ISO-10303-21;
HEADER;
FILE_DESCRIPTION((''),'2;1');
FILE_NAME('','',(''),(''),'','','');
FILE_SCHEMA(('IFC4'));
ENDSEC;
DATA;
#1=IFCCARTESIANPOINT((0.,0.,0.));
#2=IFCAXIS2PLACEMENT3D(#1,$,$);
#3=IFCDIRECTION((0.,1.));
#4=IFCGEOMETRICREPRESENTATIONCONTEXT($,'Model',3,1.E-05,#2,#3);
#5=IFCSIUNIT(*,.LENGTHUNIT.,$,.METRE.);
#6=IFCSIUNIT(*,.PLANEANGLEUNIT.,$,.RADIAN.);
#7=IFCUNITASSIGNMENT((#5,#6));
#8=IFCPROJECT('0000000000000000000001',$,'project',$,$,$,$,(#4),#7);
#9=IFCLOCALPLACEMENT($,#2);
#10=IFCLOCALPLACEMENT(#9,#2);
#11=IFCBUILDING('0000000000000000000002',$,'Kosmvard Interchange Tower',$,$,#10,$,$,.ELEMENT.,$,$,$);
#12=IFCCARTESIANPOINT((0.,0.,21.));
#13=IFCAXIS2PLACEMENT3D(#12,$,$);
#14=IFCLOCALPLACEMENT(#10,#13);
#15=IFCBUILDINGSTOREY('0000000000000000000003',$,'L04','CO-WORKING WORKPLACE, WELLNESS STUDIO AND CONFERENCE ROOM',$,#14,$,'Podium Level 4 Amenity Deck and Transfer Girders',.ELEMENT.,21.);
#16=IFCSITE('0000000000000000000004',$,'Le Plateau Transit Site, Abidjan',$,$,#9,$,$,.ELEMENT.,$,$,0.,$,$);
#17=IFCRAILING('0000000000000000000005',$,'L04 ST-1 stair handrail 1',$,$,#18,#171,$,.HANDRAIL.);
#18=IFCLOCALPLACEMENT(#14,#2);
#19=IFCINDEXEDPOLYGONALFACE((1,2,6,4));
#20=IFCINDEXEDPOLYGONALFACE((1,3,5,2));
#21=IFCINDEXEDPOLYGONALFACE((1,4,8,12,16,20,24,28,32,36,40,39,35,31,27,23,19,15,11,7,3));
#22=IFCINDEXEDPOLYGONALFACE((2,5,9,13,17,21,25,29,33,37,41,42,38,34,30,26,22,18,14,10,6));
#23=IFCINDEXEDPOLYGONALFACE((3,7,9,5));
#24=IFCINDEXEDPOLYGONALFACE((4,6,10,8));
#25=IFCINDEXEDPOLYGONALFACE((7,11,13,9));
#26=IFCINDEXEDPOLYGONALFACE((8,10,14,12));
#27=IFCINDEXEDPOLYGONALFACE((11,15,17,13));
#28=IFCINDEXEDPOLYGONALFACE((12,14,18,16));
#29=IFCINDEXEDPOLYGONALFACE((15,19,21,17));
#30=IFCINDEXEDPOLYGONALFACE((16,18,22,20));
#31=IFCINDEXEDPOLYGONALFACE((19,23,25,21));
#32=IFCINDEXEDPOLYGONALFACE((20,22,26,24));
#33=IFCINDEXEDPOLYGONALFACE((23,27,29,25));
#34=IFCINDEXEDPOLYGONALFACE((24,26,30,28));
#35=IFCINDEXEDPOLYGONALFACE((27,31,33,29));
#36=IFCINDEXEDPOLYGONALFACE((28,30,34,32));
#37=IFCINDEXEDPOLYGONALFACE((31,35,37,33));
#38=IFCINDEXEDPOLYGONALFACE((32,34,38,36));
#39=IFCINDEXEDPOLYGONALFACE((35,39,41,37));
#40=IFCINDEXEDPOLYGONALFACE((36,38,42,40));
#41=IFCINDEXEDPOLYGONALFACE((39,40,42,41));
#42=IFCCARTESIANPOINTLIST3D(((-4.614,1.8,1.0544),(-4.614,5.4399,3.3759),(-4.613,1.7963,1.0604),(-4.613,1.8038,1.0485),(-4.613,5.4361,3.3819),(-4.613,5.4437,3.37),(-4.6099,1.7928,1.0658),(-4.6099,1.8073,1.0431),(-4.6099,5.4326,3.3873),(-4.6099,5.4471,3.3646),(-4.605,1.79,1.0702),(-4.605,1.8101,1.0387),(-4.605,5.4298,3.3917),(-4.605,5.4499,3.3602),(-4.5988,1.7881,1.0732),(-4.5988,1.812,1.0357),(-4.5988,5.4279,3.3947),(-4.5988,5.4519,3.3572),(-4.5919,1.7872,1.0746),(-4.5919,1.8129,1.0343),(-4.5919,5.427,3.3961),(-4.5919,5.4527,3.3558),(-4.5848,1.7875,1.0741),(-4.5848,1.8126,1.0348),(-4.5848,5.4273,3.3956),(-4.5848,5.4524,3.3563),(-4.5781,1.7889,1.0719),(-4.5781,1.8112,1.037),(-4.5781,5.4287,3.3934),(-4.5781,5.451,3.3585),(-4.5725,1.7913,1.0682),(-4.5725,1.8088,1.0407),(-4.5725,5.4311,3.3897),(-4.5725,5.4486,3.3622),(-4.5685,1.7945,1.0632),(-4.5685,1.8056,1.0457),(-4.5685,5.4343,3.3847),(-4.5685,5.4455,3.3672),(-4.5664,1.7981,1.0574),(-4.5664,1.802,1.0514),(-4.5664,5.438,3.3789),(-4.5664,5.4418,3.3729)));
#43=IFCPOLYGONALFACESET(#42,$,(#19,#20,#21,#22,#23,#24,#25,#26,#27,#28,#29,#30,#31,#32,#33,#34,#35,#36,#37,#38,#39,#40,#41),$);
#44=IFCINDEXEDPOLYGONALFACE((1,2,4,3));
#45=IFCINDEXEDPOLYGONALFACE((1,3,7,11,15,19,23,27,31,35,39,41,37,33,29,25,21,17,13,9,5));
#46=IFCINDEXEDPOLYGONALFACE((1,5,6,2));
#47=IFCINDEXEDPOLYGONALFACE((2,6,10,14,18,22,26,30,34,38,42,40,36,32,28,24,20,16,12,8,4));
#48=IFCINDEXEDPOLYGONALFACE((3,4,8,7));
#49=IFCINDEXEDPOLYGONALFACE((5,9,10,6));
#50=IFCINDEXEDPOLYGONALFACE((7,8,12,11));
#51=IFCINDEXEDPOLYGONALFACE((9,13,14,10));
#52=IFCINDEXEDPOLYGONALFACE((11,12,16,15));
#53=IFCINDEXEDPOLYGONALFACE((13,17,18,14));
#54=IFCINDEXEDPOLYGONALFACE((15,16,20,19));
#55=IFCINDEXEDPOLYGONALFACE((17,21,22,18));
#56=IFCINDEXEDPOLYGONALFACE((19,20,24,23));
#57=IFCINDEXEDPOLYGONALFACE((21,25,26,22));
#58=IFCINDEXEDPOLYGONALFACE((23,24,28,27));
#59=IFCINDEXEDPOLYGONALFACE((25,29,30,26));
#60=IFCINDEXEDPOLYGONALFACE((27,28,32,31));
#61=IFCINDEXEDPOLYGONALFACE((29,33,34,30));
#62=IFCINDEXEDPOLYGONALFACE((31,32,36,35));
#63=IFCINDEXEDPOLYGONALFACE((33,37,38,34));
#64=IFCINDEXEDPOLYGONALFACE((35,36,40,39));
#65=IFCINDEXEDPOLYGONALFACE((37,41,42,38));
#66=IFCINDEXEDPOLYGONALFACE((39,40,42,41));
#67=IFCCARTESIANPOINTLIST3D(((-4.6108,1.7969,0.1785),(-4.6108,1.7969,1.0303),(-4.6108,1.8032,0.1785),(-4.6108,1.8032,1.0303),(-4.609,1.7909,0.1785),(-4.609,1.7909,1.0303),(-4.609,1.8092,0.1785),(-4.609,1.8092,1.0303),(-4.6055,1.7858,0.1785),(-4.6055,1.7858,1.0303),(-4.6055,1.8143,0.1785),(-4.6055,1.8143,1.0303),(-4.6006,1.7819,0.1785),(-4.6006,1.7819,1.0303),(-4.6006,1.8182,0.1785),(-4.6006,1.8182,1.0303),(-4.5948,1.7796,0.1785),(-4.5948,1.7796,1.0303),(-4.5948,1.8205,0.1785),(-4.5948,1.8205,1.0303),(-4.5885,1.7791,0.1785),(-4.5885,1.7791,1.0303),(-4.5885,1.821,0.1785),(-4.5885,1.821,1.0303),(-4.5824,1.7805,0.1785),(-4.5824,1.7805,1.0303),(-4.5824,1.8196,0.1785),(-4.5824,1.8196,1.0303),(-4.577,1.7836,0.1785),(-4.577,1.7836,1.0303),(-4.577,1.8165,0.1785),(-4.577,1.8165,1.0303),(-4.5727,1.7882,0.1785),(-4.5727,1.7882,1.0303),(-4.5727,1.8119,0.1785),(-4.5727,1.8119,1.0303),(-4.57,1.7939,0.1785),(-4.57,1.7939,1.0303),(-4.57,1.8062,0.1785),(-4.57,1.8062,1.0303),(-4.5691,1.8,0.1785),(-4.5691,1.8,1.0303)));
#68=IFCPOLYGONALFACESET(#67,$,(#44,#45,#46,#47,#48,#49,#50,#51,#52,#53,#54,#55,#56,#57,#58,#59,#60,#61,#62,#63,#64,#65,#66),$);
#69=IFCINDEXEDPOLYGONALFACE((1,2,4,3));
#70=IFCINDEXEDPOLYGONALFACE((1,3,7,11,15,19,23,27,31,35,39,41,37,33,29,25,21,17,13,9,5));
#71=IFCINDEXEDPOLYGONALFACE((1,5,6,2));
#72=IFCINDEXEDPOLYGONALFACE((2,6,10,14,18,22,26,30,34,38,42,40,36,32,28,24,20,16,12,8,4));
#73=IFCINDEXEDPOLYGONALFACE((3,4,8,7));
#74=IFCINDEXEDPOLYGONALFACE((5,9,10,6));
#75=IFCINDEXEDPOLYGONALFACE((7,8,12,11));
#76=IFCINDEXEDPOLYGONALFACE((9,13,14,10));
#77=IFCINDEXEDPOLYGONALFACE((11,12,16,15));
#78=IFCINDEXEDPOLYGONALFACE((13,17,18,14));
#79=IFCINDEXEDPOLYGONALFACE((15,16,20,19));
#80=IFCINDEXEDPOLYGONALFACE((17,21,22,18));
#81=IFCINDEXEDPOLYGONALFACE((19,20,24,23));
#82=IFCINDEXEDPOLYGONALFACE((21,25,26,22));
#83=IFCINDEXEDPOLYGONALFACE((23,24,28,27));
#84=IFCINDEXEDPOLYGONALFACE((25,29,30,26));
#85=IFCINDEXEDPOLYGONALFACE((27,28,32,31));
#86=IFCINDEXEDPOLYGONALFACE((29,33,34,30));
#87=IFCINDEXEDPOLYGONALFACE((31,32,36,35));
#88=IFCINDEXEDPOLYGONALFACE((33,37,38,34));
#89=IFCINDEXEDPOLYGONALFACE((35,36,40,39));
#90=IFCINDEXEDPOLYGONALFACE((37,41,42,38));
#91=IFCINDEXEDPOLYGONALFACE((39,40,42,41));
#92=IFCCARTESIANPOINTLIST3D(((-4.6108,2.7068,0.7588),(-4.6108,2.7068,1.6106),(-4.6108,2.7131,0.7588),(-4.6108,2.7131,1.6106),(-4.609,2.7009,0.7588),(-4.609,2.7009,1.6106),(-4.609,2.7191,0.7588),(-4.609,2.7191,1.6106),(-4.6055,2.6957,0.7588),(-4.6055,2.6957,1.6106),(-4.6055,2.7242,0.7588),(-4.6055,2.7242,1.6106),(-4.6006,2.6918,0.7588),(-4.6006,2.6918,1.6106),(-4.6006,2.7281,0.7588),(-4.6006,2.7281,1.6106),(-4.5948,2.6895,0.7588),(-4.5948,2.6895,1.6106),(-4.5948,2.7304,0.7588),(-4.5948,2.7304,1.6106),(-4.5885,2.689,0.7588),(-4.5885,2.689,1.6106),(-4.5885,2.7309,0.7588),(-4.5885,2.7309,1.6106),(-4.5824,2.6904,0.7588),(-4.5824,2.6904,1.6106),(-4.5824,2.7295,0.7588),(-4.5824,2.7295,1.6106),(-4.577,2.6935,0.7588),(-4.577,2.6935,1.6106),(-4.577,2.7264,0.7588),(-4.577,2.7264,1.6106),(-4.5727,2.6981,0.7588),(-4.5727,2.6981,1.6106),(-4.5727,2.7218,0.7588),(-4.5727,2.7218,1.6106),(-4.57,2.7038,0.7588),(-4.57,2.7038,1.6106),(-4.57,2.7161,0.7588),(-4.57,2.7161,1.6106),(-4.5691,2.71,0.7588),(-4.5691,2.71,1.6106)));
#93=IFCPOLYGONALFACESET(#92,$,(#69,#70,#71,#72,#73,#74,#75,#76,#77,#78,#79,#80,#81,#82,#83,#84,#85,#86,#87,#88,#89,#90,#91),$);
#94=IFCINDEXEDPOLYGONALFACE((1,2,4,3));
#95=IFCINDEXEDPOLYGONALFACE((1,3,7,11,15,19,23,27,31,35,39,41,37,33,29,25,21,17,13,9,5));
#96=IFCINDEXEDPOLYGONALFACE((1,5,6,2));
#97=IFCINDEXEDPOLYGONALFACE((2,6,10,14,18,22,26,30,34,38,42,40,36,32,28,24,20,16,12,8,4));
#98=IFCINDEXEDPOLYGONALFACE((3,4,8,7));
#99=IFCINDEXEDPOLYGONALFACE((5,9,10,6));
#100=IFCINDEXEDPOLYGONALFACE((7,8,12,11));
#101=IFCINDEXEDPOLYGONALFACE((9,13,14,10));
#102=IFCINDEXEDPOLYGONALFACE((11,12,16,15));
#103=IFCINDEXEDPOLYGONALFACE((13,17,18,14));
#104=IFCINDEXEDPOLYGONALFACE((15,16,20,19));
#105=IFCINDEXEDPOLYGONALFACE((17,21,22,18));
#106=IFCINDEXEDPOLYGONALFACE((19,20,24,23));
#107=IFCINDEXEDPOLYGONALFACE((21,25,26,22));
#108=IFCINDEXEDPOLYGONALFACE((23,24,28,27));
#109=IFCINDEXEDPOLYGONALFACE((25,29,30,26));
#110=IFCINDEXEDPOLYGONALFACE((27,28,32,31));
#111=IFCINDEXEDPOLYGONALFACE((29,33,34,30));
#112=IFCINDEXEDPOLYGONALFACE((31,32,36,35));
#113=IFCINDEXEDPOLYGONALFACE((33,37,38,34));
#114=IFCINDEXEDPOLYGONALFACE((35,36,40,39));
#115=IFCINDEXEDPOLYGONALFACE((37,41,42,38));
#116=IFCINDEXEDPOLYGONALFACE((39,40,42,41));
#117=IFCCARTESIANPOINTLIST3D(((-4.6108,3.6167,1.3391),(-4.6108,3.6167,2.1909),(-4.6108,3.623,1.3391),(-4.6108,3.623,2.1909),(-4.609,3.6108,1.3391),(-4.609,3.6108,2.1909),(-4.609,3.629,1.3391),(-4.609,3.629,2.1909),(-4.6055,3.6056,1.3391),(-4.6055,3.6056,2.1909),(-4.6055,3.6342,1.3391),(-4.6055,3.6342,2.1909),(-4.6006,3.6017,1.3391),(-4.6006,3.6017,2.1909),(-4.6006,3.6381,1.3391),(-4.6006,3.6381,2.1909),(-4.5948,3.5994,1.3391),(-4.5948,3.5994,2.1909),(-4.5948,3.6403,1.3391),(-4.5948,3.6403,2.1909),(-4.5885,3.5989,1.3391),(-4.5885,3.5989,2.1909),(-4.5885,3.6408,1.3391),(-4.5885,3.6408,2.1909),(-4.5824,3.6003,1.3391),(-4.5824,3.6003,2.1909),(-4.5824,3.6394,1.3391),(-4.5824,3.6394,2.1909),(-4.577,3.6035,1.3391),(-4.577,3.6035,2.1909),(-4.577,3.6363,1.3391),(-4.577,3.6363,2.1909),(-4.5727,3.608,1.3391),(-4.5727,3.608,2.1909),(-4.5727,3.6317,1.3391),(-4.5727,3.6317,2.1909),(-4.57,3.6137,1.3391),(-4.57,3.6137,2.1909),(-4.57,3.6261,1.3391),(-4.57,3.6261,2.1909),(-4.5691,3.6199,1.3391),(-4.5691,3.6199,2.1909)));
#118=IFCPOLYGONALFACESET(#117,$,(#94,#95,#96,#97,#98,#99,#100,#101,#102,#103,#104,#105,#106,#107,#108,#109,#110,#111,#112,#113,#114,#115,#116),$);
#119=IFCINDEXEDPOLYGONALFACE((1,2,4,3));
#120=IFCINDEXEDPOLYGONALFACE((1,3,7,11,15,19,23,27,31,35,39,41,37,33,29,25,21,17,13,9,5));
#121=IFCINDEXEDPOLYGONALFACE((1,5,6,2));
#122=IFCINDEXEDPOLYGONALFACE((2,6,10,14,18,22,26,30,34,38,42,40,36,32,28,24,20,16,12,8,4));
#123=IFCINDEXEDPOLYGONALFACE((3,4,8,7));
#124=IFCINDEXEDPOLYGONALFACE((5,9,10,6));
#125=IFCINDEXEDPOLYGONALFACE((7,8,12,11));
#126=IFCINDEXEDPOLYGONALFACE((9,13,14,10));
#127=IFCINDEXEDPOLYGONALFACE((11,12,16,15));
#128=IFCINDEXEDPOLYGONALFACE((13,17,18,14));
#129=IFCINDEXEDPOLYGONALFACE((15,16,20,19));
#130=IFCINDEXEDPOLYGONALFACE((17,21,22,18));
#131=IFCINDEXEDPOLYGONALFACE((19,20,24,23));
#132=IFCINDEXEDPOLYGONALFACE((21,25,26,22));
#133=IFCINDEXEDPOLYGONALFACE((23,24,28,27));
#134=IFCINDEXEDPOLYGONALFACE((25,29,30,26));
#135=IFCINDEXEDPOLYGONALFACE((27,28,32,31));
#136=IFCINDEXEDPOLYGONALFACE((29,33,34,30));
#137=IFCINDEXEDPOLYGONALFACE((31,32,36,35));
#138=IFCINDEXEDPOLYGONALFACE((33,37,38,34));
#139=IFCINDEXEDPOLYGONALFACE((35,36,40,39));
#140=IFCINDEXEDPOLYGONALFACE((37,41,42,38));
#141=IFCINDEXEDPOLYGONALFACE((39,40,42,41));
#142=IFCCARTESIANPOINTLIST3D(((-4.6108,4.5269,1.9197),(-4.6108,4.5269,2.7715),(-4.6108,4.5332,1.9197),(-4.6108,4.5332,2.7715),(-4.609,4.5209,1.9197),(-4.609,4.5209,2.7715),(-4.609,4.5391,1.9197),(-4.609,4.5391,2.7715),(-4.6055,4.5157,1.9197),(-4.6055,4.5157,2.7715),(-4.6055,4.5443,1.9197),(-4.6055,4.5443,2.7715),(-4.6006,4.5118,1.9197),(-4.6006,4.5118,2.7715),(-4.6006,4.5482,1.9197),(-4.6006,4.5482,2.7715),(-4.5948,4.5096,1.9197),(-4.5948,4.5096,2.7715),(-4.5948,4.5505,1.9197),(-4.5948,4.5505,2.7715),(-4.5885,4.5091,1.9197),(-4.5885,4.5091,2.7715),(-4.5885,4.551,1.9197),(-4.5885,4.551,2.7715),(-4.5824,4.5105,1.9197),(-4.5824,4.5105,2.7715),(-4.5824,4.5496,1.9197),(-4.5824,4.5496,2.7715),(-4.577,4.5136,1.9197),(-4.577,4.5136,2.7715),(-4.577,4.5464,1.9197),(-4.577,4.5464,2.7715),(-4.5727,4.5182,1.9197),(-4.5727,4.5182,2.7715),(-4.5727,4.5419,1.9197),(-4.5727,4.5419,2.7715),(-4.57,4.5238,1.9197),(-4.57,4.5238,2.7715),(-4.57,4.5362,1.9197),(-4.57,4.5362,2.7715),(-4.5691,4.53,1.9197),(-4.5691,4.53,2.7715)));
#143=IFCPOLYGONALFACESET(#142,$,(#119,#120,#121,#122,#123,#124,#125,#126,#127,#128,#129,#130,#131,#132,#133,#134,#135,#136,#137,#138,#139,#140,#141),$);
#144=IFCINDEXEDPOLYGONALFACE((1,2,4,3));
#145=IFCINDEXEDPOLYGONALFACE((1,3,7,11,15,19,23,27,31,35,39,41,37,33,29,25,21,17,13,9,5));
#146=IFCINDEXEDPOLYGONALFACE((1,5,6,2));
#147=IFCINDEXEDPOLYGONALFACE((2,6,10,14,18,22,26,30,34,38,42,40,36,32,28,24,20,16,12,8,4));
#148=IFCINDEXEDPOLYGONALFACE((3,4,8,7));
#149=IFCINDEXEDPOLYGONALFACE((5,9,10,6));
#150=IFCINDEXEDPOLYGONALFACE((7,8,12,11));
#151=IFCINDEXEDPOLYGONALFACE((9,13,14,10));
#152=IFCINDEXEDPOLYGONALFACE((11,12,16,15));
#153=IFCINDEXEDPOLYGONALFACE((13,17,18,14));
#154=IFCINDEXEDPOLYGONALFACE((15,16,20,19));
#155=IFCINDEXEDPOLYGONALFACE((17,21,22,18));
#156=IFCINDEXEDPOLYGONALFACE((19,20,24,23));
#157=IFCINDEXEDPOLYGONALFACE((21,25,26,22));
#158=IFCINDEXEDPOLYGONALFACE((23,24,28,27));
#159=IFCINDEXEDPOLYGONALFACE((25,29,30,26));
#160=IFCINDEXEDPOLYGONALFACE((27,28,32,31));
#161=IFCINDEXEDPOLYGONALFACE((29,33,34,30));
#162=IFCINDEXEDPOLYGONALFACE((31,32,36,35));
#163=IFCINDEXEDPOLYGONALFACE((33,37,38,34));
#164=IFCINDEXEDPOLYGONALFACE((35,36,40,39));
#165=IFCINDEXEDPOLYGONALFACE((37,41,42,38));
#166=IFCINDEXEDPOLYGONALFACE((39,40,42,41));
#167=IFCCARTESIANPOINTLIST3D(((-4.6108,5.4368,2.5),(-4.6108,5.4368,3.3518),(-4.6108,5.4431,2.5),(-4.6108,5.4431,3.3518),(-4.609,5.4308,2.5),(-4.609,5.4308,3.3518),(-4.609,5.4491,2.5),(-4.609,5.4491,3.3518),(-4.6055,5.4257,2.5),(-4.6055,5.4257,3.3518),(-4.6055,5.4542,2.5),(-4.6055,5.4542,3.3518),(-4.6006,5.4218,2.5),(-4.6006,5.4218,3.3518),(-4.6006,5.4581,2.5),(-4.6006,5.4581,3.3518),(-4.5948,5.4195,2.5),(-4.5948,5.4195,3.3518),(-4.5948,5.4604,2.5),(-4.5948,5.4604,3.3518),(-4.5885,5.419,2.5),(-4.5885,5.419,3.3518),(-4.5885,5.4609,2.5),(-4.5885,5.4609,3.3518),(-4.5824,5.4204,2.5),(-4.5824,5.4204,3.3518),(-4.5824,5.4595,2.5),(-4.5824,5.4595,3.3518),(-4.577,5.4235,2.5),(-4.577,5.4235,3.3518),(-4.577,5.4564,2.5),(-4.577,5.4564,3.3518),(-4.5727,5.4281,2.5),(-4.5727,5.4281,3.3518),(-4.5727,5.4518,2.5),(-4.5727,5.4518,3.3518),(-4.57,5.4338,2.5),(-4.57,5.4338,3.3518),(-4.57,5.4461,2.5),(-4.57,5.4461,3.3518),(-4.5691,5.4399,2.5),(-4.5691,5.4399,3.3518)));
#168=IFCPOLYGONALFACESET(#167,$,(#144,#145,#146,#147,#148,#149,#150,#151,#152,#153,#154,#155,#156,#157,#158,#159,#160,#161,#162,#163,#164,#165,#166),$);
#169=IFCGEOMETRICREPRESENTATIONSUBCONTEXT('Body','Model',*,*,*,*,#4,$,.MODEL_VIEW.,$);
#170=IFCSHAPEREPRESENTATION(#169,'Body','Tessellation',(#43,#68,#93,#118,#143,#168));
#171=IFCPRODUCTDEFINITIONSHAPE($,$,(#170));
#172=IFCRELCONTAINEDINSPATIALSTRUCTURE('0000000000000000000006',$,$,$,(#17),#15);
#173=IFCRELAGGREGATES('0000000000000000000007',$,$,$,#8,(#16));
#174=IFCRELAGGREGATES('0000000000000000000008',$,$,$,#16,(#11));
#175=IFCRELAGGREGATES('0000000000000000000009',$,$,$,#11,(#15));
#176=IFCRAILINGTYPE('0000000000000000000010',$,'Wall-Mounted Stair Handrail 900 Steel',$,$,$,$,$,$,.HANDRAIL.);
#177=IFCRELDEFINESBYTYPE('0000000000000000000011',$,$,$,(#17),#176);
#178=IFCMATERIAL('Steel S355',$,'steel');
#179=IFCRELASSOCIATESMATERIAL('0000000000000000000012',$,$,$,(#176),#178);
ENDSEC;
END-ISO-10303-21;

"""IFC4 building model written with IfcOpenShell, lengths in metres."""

from ifc_helpers import new_model, si_unit, direction, frame, origin, origin_2d, place, context, subcontext, project, spatial, circle, extrude, source, transform, mapped, material, type_object, element, save


model = new_model("IFC4")

# Units and contexts
model_context = context("Model", 3, precision=1e-05, world=origin(), true_north=direction((0.0, 1.0)))
body_context = subcontext(model_context, "Body", "Model", "MODEL_VIEW")
ifc_project = project(units=[si_unit("LENGTHUNIT", "METRE"), si_unit("PLANEANGLEUNIT", "RADIAN")], contexts=[model_context])

# Site, building, storey
site_placement = place(None, origin())
site = spatial("IfcSite", under=ifc_project, at=site_placement, Name="Le Plateau Transit Site, Abidjan", CompositionType="ELEMENT", RefElevation=0.0)
building_placement = place(site_placement, origin())
building = spatial("IfcBuilding", under=site, at=building_placement, Name="Kosmvard Interchange Tower", CompositionType="ELEMENT")
storey_placement = place(building_placement, frame((0.0, 0.0, 21.0)))
storey = spatial("IfcBuildingStorey", under=building, at=storey_placement, Name="L04", Description="CO-WORKING WORKPLACE, WELLNESS STUDIO AND CONFERENCE ROOM", LongName="Podium Level 4 Amenity Deck and Transfer Girders", CompositionType="ELEMENT", Elevation=21.0)

# Shared definitions
ifc_material_1 = material(Name="Steel S355", Category="steel")

# Railing
railing_type_1 = type_object("IfcRailingType", Name="Wall-Mounted Stair Handrail 900 Steel", PredefinedType="HANDRAIL", material=ifc_material_1)
shared_shape_1 = source(origin(), body_context, "Body", "SweptSolid", [
    extrude(circle(Radius=0.0239, at=origin_2d()), frame((0.0, 0.0, 0.876), z_axis=(0.0, 0.843112, 0.537739), x_axis=(-1.0, 0.0, 0.0)), (0.0, 0.0, 1.0), 4.3171),
    extrude(circle(Radius=0.021, at=origin_2d()), origin(), (0.0, 0.0, 1.0), 0.8518),
    extrude(circle(Radius=0.021, at=origin_2d()), frame((0.0, 0.9099, 0.5803)), (0.0, 0.0, 1.0), 0.8518),
    extrude(circle(Radius=0.021, at=origin_2d()), frame((0.0, 1.8198, 1.1606)), (0.0, 0.0, 1.0), 0.8518),
    extrude(circle(Radius=0.021, at=origin_2d()), frame((0.0, 2.73, 1.7412)), (0.0, 0.0, 1.0), 0.8518),
    extrude(circle(Radius=0.021, at=origin_2d()), frame((0.0, 3.6399, 2.3215)), (0.0, 0.0, 1.0), 0.8518),
])
railing_1_placement = place(storey_placement, frame((-4.5901, 1.8, 0.1785)))
element("IfcRailing", 1, at=railing_1_placement, inside=storey, type_object=railing_type_1, Name="L04 ST-1 stair handrail 1", PredefinedType="HANDRAIL", context=body_context, shape_type="MappedRepresentation", body=[
    mapped(shared_shape_1, transform((0.0, 0.0, 0.0), scale=1.0)),
])

save(model, "model.ifc")
